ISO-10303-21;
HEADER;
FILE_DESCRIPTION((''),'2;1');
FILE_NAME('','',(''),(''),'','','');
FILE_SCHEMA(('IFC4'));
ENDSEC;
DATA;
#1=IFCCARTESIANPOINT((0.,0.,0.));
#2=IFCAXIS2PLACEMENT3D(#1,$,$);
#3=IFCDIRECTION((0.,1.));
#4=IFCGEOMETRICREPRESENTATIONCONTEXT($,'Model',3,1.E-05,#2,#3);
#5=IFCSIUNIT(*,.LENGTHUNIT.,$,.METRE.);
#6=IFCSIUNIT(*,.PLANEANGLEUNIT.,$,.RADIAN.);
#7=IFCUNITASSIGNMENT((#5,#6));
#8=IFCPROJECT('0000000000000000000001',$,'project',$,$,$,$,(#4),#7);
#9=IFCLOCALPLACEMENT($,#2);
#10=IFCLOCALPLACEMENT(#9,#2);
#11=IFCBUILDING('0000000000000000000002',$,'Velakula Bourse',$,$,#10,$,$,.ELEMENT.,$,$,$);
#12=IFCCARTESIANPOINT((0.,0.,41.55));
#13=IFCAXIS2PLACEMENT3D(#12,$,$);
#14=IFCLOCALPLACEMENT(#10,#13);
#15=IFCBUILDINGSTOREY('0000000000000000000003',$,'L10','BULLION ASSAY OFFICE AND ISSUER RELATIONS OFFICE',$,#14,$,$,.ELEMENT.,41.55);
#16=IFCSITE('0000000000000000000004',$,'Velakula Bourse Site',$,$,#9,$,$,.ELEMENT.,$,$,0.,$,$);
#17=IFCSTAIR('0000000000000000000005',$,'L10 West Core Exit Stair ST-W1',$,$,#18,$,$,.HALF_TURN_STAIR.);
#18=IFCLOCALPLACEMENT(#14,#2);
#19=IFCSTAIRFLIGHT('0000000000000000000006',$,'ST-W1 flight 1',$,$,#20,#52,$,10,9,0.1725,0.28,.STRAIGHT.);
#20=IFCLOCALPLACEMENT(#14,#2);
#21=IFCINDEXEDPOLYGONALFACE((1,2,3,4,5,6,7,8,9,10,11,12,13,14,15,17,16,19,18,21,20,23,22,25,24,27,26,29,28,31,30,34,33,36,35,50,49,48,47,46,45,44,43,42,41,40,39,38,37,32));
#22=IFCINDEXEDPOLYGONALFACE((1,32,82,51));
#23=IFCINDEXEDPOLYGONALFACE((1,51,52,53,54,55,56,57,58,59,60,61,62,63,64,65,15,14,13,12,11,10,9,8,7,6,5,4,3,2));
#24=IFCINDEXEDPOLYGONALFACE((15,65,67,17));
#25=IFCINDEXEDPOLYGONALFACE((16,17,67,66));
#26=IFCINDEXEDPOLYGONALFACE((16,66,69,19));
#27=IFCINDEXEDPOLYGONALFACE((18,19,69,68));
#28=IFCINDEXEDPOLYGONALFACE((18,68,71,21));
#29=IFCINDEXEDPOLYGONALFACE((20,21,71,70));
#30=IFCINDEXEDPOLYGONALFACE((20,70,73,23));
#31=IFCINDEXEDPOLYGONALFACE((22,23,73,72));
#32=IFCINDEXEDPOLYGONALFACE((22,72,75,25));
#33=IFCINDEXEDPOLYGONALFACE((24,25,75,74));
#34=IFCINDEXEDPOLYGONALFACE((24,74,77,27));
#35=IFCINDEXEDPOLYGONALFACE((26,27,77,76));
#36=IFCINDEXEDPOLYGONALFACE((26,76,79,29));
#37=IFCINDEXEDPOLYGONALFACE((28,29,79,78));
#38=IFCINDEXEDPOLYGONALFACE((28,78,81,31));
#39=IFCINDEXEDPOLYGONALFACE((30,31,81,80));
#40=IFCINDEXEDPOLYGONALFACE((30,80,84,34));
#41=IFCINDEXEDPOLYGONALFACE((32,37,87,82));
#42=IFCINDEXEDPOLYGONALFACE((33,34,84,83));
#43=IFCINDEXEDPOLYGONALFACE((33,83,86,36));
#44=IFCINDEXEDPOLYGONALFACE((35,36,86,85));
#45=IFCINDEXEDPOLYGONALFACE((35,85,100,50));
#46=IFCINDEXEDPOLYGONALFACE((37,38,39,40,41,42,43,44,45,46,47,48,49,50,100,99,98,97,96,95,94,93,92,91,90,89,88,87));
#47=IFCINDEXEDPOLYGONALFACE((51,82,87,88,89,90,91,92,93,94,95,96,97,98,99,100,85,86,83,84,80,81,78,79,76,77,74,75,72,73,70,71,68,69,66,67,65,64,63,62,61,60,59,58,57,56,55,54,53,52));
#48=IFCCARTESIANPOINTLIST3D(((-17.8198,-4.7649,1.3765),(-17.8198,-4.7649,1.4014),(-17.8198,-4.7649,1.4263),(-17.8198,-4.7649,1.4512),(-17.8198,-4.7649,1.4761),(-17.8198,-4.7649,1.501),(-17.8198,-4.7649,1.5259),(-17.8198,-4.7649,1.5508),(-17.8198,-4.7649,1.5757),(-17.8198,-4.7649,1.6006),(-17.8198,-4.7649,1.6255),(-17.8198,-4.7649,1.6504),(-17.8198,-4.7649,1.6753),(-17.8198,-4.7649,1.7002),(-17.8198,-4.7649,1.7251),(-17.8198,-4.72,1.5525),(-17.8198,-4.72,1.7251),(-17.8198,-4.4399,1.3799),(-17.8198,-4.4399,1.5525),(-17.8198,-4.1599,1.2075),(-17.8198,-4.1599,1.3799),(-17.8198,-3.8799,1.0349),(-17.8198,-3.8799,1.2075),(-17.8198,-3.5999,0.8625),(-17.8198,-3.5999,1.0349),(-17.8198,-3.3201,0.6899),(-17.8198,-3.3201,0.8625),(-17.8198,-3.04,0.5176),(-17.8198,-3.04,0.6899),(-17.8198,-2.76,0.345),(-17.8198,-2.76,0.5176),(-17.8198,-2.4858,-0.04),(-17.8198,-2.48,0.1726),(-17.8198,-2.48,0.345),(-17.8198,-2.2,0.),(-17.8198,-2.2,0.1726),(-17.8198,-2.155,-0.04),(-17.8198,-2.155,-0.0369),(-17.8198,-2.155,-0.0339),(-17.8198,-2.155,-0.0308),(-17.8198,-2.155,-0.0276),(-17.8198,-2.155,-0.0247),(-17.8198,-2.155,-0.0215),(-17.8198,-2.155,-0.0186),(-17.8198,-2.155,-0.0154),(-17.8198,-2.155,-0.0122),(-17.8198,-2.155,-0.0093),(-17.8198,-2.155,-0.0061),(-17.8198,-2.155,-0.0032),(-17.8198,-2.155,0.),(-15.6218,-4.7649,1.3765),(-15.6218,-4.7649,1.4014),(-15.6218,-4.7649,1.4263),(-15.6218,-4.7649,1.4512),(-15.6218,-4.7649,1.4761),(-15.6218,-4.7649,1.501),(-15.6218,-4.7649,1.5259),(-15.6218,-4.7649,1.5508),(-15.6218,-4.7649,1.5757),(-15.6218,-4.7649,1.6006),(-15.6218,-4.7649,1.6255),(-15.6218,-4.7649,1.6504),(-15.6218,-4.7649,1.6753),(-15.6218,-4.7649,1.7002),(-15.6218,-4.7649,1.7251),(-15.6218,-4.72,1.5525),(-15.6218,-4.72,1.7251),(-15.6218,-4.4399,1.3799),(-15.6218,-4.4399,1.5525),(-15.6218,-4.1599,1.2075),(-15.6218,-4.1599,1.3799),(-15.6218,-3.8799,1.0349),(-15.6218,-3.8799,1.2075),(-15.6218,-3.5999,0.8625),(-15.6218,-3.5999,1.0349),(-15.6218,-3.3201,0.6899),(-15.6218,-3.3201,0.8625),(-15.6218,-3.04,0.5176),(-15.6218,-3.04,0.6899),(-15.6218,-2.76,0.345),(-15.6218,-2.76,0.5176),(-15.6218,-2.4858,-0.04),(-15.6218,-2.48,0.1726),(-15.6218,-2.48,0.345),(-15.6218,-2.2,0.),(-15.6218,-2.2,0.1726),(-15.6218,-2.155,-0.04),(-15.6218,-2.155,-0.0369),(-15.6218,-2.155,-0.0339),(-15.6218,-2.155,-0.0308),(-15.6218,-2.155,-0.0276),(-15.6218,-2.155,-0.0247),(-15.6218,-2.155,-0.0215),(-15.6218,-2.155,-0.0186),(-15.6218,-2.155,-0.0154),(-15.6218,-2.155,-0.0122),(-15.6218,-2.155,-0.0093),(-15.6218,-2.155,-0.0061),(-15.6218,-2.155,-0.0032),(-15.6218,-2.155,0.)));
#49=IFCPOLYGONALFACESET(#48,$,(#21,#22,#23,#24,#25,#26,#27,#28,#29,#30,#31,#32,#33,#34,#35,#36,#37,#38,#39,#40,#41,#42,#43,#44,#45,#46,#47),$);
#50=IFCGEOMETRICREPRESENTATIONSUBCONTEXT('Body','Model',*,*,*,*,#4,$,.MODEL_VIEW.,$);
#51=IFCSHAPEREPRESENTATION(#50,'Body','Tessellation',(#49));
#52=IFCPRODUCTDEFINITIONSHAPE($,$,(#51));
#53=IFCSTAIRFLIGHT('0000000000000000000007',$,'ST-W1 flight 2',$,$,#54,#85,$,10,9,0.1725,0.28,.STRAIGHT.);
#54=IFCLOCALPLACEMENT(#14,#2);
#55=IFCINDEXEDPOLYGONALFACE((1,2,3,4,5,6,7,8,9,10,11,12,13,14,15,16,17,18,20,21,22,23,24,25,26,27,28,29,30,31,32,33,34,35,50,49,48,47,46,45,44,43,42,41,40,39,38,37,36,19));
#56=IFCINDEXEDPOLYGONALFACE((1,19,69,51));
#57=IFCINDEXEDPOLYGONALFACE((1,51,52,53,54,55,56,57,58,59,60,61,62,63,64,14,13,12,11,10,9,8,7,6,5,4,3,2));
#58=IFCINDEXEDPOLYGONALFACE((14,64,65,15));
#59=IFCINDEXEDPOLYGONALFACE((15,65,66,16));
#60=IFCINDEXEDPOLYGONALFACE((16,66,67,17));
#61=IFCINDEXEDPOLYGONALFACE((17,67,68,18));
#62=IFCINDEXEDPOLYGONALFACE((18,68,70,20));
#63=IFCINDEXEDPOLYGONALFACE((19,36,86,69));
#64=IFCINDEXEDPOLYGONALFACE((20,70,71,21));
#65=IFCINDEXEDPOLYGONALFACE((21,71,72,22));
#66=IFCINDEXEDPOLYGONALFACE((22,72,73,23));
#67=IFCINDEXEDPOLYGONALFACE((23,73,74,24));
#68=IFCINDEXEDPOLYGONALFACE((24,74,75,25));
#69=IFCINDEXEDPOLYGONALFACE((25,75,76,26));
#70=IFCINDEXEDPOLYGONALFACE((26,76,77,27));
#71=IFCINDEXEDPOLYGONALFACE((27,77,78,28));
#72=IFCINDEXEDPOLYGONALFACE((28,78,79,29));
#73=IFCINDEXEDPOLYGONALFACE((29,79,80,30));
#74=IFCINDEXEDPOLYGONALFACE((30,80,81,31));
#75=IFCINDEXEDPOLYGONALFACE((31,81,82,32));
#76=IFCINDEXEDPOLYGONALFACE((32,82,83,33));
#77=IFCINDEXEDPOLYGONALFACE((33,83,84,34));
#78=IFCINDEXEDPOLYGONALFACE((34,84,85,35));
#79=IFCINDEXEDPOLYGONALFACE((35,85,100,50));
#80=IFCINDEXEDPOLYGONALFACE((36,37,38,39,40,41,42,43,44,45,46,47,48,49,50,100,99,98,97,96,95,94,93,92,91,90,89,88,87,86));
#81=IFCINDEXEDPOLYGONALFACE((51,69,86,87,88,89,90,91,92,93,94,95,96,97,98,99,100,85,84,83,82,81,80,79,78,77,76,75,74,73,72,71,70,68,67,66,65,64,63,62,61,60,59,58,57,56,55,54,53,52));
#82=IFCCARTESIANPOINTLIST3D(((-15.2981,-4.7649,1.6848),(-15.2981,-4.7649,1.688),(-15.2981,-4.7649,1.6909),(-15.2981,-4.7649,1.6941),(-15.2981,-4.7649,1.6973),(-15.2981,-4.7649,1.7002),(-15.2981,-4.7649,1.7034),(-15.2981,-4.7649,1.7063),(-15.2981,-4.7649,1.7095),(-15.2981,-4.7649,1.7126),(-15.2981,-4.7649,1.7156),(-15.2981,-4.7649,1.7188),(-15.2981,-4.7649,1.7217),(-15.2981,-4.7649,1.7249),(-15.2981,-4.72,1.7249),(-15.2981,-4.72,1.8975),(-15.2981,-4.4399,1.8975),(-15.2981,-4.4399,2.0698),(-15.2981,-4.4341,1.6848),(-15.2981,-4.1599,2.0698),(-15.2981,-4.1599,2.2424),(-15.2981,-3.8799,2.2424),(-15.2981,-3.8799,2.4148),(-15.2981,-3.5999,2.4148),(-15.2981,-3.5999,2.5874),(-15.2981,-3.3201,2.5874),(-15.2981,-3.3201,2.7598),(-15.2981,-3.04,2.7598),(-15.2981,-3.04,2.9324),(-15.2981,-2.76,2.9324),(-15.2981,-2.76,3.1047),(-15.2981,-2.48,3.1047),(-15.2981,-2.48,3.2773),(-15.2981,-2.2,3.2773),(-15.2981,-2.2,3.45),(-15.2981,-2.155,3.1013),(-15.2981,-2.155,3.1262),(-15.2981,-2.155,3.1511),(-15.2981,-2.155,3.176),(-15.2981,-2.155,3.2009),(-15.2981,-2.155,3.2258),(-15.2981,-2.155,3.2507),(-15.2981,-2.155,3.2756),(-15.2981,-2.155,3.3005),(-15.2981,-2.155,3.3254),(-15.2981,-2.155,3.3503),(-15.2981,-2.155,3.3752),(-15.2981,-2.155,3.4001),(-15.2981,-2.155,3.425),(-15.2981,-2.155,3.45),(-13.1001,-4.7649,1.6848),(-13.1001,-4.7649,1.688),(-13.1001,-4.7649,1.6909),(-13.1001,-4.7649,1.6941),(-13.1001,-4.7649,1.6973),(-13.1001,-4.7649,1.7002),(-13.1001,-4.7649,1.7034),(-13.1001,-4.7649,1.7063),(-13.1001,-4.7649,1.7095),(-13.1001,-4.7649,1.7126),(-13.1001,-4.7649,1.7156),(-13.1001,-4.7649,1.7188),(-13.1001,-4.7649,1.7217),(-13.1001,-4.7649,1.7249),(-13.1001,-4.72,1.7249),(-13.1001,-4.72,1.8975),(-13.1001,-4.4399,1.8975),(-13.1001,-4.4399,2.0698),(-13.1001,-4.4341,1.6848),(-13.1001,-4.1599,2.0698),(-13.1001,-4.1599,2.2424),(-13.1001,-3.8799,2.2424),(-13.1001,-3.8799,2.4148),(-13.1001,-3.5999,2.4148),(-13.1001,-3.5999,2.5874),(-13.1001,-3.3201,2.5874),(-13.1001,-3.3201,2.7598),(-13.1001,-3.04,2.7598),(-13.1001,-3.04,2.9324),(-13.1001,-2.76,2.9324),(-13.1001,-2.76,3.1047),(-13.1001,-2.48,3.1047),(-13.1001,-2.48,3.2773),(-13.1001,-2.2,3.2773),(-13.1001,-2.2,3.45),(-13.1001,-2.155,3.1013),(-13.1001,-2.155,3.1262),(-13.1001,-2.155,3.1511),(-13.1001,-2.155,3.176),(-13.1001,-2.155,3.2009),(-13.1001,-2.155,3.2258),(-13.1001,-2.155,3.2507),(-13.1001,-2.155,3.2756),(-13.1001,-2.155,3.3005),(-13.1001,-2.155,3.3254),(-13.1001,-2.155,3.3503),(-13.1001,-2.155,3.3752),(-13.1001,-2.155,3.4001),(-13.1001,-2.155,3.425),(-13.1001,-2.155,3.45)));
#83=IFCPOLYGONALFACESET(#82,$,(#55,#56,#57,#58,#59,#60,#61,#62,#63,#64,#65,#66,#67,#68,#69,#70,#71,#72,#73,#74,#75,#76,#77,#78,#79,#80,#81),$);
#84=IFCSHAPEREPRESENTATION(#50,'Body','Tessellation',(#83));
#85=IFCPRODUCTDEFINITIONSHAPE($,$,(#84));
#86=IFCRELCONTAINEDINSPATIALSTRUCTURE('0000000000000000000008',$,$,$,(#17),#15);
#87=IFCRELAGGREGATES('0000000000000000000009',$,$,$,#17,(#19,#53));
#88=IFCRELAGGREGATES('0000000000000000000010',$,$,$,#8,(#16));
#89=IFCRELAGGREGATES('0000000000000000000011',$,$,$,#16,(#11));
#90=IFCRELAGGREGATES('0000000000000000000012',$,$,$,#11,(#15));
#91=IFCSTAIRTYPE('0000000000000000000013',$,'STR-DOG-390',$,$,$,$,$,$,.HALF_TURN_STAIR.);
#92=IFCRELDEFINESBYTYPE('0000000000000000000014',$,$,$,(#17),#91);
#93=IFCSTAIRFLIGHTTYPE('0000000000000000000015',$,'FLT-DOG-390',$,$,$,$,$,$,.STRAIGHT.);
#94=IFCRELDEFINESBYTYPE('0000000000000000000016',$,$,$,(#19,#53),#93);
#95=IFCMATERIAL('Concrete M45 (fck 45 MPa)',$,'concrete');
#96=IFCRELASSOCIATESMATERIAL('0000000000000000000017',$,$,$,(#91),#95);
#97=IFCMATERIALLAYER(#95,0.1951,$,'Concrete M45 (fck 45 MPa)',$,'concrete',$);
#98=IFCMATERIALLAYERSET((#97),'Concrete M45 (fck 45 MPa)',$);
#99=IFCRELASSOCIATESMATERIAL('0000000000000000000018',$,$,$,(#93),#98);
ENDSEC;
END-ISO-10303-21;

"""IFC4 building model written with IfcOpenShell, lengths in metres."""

from ifc_helpers import new_model, si_unit, direction, frame, origin, place, context, subcontext, project, spatial, polyline, outline, extrude, material, layer, layer_set, type_object, element, aggregate, save


model = new_model("IFC4")

# Units and contexts
model_context = context("Model", 3, precision=1e-05, world=origin(), true_north=direction((0.0, 1.0)))
body_context = subcontext(model_context, "Body", "Model", "MODEL_VIEW")
ifc_project = project(units=[si_unit("LENGTHUNIT", "METRE"), si_unit("PLANEANGLEUNIT", "RADIAN")], contexts=[model_context])

# Site, building, storey
site_placement = place(None, origin())
site = spatial("IfcSite", under=ifc_project, at=site_placement, Name="Velakula Bourse Site", CompositionType="ELEMENT", RefElevation=0.0)
building_placement = place(site_placement, origin())
building = spatial("IfcBuilding", under=site, at=building_placement, Name="Velakula Bourse", CompositionType="ELEMENT")
storey_placement = place(building_placement, frame((0.0, 0.0, 41.55)))
storey = spatial("IfcBuildingStorey", under=building, at=storey_placement, Name="L10", Description="BULLION ASSAY OFFICE AND ISSUER RELATIONS OFFICE", CompositionType="ELEMENT", Elevation=41.55)

# Stair, stair flights
ifc_material_1 = material(Name="Concrete M45 (fck 45 MPa)", Category="concrete")
stair_type = type_object("IfcStairType", Name="STR-DOG-390", PredefinedType="HALF_TURN_STAIR", material=ifc_material_1)
stair_placement = place(storey_placement, origin())
stair = element("IfcStair", 1, at=stair_placement, inside=storey, type_object=stair_type, Name="L10 West Core Exit Stair ST-W1", PredefinedType="HALF_TURN_STAIR")
ifc_layer_1 = layer(ifc_material_1, 0.1951, Name="Concrete M45 (fck 45 MPa)", Category="concrete")
ifc_layer_set_1 = layer_set([ifc_layer_1], Name="Concrete M45 (fck 45 MPa)")
stair_flight_type = type_object("IfcStairFlightType", Name="FLT-DOG-390", PredefinedType="STRAIGHT", material=ifc_layer_set_1)
stair_flight_1_placement = place(storey_placement, frame((-16.7209, -2.2, 0.0), z_axis=(0.0, 0.0, 1.0), x_axis=(0.0, -1.0, 0.0)))
stair_flight_1 = element("IfcStairFlight", 2, at=stair_flight_1_placement, type_object=stair_flight_type, Name="ST-W1 flight 1", NumberOfRisers=10, NumberOfTreads=9, PredefinedType="STRAIGHT", RiserHeight=0.1725, TreadLength=0.28, context=body_context, shape_type="SweptSolid", body=[
    extrude(outline(polyline([(-0.0449, -0.04), (-0.0449, -0.0369), (-0.0449, -0.0339), (-0.0449, -0.0308), (-0.0449, -0.0276), (-0.0449, -0.0247), (-0.0449, -0.0215), (-0.0449, -0.0186), (-0.0449, -0.0154), (-0.0449, -0.0122), (-0.0449, -0.0093), (-0.0449, -0.0061), (-0.0449, -0.0032), (-0.0449, 0.0), (0.0, 0.0), (0.0, 0.1726), (0.28, 0.1726), (0.28, 0.345), (0.5601, 0.345), (0.5601, 0.5176), (0.8401, 0.5176), (0.8401, 0.6899), (1.1201, 0.6899), (1.1201, 0.8625), (1.3999, 0.8625), (1.3999, 1.0349), (1.6799, 1.0349), (1.6799, 1.2075), (1.96, 1.2075), (1.96, 1.3799), (2.24, 1.3799), (2.24, 1.5525), (2.52, 1.5525), (2.52, 1.7251), (2.5649, 1.7251), (2.5649, 1.7002), (2.5649, 1.6753), (2.5649, 1.6504), (2.5649, 1.6255), (2.5649, 1.6006), (2.5649, 1.5757), (2.5649, 1.5508), (2.5649, 1.5259), (2.5649, 1.501), (2.5649, 1.4761), (2.5649, 1.4512), (2.5649, 1.4263), (2.5649, 1.4014), (2.5649, 1.3765), (0.2859, -0.04), (-0.0449, -0.04)])), frame((0.0, 1.0991, 0.0), z_axis=(0.0, -1.0, 0.0), x_axis=(1.0, 0.0, 0.0)), (0.0, 0.0, 1.0), 2.198),
])
stair_flight_2_placement = place(storey_placement, frame((-14.199, -4.72, 1.7249), z_axis=(0.0, 0.0, 1.0), x_axis=(0.0, 1.0, 0.0)))
stair_flight_2 = element("IfcStairFlight", 3, at=stair_flight_2_placement, type_object=stair_flight_type, Name="ST-W1 flight 2", NumberOfRisers=10, NumberOfTreads=9, PredefinedType="STRAIGHT", RiserHeight=0.1725, TreadLength=0.28, context=body_context, shape_type="SweptSolid", body=[
    extrude(outline(polyline([(-0.0449, -0.04), (-0.0449, -0.0369), (-0.0449, -0.0339), (-0.0449, -0.0308), (-0.0449, -0.0276), (-0.0449, -0.0247), (-0.0449, -0.0215), (-0.0449, -0.0186), (-0.0449, -0.0154), (-0.0449, -0.0122), (-0.0449, -0.0093), (-0.0449, -0.0061), (-0.0449, -0.0032), (-0.0449, 0.0), (0.0, 0.0), (0.0, 0.1726), (0.28, 0.1726), (0.28, 0.345), (0.5601, 0.345), (0.5601, 0.5176), (0.8401, 0.5176), (0.8401, 0.6899), (1.1201, 0.6899), (1.1201, 0.8625), (1.3999, 0.8625), (1.3999, 1.0349), (1.6799, 1.0349), (1.6799, 1.2075), (1.96, 1.2075), (1.96, 1.3799), (2.24, 1.3799), (2.24, 1.5525), (2.52, 1.5525), (2.52, 1.7251), (2.5649, 1.7251), (2.5649, 1.7002), (2.5649, 1.6753), (2.5649, 1.6504), (2.5649, 1.6255), (2.5649, 1.6006), (2.5649, 1.5757), (2.5649, 1.5508), (2.5649, 1.5259), (2.5649, 1.501), (2.5649, 1.4761), (2.5649, 1.4512), (2.5649, 1.4263), (2.5649, 1.4014), (2.5649, 1.3765), (0.2859, -0.04), (-0.0449, -0.04)])), frame((0.0, 1.0991, 0.0), z_axis=(0.0, -1.0, 0.0), x_axis=(1.0, 0.0, 0.0)), (0.0, 0.0, 1.0), 2.198),
])
aggregate(stair, [stair_flight_1, stair_flight_2])

save(model, "model.ifc")
